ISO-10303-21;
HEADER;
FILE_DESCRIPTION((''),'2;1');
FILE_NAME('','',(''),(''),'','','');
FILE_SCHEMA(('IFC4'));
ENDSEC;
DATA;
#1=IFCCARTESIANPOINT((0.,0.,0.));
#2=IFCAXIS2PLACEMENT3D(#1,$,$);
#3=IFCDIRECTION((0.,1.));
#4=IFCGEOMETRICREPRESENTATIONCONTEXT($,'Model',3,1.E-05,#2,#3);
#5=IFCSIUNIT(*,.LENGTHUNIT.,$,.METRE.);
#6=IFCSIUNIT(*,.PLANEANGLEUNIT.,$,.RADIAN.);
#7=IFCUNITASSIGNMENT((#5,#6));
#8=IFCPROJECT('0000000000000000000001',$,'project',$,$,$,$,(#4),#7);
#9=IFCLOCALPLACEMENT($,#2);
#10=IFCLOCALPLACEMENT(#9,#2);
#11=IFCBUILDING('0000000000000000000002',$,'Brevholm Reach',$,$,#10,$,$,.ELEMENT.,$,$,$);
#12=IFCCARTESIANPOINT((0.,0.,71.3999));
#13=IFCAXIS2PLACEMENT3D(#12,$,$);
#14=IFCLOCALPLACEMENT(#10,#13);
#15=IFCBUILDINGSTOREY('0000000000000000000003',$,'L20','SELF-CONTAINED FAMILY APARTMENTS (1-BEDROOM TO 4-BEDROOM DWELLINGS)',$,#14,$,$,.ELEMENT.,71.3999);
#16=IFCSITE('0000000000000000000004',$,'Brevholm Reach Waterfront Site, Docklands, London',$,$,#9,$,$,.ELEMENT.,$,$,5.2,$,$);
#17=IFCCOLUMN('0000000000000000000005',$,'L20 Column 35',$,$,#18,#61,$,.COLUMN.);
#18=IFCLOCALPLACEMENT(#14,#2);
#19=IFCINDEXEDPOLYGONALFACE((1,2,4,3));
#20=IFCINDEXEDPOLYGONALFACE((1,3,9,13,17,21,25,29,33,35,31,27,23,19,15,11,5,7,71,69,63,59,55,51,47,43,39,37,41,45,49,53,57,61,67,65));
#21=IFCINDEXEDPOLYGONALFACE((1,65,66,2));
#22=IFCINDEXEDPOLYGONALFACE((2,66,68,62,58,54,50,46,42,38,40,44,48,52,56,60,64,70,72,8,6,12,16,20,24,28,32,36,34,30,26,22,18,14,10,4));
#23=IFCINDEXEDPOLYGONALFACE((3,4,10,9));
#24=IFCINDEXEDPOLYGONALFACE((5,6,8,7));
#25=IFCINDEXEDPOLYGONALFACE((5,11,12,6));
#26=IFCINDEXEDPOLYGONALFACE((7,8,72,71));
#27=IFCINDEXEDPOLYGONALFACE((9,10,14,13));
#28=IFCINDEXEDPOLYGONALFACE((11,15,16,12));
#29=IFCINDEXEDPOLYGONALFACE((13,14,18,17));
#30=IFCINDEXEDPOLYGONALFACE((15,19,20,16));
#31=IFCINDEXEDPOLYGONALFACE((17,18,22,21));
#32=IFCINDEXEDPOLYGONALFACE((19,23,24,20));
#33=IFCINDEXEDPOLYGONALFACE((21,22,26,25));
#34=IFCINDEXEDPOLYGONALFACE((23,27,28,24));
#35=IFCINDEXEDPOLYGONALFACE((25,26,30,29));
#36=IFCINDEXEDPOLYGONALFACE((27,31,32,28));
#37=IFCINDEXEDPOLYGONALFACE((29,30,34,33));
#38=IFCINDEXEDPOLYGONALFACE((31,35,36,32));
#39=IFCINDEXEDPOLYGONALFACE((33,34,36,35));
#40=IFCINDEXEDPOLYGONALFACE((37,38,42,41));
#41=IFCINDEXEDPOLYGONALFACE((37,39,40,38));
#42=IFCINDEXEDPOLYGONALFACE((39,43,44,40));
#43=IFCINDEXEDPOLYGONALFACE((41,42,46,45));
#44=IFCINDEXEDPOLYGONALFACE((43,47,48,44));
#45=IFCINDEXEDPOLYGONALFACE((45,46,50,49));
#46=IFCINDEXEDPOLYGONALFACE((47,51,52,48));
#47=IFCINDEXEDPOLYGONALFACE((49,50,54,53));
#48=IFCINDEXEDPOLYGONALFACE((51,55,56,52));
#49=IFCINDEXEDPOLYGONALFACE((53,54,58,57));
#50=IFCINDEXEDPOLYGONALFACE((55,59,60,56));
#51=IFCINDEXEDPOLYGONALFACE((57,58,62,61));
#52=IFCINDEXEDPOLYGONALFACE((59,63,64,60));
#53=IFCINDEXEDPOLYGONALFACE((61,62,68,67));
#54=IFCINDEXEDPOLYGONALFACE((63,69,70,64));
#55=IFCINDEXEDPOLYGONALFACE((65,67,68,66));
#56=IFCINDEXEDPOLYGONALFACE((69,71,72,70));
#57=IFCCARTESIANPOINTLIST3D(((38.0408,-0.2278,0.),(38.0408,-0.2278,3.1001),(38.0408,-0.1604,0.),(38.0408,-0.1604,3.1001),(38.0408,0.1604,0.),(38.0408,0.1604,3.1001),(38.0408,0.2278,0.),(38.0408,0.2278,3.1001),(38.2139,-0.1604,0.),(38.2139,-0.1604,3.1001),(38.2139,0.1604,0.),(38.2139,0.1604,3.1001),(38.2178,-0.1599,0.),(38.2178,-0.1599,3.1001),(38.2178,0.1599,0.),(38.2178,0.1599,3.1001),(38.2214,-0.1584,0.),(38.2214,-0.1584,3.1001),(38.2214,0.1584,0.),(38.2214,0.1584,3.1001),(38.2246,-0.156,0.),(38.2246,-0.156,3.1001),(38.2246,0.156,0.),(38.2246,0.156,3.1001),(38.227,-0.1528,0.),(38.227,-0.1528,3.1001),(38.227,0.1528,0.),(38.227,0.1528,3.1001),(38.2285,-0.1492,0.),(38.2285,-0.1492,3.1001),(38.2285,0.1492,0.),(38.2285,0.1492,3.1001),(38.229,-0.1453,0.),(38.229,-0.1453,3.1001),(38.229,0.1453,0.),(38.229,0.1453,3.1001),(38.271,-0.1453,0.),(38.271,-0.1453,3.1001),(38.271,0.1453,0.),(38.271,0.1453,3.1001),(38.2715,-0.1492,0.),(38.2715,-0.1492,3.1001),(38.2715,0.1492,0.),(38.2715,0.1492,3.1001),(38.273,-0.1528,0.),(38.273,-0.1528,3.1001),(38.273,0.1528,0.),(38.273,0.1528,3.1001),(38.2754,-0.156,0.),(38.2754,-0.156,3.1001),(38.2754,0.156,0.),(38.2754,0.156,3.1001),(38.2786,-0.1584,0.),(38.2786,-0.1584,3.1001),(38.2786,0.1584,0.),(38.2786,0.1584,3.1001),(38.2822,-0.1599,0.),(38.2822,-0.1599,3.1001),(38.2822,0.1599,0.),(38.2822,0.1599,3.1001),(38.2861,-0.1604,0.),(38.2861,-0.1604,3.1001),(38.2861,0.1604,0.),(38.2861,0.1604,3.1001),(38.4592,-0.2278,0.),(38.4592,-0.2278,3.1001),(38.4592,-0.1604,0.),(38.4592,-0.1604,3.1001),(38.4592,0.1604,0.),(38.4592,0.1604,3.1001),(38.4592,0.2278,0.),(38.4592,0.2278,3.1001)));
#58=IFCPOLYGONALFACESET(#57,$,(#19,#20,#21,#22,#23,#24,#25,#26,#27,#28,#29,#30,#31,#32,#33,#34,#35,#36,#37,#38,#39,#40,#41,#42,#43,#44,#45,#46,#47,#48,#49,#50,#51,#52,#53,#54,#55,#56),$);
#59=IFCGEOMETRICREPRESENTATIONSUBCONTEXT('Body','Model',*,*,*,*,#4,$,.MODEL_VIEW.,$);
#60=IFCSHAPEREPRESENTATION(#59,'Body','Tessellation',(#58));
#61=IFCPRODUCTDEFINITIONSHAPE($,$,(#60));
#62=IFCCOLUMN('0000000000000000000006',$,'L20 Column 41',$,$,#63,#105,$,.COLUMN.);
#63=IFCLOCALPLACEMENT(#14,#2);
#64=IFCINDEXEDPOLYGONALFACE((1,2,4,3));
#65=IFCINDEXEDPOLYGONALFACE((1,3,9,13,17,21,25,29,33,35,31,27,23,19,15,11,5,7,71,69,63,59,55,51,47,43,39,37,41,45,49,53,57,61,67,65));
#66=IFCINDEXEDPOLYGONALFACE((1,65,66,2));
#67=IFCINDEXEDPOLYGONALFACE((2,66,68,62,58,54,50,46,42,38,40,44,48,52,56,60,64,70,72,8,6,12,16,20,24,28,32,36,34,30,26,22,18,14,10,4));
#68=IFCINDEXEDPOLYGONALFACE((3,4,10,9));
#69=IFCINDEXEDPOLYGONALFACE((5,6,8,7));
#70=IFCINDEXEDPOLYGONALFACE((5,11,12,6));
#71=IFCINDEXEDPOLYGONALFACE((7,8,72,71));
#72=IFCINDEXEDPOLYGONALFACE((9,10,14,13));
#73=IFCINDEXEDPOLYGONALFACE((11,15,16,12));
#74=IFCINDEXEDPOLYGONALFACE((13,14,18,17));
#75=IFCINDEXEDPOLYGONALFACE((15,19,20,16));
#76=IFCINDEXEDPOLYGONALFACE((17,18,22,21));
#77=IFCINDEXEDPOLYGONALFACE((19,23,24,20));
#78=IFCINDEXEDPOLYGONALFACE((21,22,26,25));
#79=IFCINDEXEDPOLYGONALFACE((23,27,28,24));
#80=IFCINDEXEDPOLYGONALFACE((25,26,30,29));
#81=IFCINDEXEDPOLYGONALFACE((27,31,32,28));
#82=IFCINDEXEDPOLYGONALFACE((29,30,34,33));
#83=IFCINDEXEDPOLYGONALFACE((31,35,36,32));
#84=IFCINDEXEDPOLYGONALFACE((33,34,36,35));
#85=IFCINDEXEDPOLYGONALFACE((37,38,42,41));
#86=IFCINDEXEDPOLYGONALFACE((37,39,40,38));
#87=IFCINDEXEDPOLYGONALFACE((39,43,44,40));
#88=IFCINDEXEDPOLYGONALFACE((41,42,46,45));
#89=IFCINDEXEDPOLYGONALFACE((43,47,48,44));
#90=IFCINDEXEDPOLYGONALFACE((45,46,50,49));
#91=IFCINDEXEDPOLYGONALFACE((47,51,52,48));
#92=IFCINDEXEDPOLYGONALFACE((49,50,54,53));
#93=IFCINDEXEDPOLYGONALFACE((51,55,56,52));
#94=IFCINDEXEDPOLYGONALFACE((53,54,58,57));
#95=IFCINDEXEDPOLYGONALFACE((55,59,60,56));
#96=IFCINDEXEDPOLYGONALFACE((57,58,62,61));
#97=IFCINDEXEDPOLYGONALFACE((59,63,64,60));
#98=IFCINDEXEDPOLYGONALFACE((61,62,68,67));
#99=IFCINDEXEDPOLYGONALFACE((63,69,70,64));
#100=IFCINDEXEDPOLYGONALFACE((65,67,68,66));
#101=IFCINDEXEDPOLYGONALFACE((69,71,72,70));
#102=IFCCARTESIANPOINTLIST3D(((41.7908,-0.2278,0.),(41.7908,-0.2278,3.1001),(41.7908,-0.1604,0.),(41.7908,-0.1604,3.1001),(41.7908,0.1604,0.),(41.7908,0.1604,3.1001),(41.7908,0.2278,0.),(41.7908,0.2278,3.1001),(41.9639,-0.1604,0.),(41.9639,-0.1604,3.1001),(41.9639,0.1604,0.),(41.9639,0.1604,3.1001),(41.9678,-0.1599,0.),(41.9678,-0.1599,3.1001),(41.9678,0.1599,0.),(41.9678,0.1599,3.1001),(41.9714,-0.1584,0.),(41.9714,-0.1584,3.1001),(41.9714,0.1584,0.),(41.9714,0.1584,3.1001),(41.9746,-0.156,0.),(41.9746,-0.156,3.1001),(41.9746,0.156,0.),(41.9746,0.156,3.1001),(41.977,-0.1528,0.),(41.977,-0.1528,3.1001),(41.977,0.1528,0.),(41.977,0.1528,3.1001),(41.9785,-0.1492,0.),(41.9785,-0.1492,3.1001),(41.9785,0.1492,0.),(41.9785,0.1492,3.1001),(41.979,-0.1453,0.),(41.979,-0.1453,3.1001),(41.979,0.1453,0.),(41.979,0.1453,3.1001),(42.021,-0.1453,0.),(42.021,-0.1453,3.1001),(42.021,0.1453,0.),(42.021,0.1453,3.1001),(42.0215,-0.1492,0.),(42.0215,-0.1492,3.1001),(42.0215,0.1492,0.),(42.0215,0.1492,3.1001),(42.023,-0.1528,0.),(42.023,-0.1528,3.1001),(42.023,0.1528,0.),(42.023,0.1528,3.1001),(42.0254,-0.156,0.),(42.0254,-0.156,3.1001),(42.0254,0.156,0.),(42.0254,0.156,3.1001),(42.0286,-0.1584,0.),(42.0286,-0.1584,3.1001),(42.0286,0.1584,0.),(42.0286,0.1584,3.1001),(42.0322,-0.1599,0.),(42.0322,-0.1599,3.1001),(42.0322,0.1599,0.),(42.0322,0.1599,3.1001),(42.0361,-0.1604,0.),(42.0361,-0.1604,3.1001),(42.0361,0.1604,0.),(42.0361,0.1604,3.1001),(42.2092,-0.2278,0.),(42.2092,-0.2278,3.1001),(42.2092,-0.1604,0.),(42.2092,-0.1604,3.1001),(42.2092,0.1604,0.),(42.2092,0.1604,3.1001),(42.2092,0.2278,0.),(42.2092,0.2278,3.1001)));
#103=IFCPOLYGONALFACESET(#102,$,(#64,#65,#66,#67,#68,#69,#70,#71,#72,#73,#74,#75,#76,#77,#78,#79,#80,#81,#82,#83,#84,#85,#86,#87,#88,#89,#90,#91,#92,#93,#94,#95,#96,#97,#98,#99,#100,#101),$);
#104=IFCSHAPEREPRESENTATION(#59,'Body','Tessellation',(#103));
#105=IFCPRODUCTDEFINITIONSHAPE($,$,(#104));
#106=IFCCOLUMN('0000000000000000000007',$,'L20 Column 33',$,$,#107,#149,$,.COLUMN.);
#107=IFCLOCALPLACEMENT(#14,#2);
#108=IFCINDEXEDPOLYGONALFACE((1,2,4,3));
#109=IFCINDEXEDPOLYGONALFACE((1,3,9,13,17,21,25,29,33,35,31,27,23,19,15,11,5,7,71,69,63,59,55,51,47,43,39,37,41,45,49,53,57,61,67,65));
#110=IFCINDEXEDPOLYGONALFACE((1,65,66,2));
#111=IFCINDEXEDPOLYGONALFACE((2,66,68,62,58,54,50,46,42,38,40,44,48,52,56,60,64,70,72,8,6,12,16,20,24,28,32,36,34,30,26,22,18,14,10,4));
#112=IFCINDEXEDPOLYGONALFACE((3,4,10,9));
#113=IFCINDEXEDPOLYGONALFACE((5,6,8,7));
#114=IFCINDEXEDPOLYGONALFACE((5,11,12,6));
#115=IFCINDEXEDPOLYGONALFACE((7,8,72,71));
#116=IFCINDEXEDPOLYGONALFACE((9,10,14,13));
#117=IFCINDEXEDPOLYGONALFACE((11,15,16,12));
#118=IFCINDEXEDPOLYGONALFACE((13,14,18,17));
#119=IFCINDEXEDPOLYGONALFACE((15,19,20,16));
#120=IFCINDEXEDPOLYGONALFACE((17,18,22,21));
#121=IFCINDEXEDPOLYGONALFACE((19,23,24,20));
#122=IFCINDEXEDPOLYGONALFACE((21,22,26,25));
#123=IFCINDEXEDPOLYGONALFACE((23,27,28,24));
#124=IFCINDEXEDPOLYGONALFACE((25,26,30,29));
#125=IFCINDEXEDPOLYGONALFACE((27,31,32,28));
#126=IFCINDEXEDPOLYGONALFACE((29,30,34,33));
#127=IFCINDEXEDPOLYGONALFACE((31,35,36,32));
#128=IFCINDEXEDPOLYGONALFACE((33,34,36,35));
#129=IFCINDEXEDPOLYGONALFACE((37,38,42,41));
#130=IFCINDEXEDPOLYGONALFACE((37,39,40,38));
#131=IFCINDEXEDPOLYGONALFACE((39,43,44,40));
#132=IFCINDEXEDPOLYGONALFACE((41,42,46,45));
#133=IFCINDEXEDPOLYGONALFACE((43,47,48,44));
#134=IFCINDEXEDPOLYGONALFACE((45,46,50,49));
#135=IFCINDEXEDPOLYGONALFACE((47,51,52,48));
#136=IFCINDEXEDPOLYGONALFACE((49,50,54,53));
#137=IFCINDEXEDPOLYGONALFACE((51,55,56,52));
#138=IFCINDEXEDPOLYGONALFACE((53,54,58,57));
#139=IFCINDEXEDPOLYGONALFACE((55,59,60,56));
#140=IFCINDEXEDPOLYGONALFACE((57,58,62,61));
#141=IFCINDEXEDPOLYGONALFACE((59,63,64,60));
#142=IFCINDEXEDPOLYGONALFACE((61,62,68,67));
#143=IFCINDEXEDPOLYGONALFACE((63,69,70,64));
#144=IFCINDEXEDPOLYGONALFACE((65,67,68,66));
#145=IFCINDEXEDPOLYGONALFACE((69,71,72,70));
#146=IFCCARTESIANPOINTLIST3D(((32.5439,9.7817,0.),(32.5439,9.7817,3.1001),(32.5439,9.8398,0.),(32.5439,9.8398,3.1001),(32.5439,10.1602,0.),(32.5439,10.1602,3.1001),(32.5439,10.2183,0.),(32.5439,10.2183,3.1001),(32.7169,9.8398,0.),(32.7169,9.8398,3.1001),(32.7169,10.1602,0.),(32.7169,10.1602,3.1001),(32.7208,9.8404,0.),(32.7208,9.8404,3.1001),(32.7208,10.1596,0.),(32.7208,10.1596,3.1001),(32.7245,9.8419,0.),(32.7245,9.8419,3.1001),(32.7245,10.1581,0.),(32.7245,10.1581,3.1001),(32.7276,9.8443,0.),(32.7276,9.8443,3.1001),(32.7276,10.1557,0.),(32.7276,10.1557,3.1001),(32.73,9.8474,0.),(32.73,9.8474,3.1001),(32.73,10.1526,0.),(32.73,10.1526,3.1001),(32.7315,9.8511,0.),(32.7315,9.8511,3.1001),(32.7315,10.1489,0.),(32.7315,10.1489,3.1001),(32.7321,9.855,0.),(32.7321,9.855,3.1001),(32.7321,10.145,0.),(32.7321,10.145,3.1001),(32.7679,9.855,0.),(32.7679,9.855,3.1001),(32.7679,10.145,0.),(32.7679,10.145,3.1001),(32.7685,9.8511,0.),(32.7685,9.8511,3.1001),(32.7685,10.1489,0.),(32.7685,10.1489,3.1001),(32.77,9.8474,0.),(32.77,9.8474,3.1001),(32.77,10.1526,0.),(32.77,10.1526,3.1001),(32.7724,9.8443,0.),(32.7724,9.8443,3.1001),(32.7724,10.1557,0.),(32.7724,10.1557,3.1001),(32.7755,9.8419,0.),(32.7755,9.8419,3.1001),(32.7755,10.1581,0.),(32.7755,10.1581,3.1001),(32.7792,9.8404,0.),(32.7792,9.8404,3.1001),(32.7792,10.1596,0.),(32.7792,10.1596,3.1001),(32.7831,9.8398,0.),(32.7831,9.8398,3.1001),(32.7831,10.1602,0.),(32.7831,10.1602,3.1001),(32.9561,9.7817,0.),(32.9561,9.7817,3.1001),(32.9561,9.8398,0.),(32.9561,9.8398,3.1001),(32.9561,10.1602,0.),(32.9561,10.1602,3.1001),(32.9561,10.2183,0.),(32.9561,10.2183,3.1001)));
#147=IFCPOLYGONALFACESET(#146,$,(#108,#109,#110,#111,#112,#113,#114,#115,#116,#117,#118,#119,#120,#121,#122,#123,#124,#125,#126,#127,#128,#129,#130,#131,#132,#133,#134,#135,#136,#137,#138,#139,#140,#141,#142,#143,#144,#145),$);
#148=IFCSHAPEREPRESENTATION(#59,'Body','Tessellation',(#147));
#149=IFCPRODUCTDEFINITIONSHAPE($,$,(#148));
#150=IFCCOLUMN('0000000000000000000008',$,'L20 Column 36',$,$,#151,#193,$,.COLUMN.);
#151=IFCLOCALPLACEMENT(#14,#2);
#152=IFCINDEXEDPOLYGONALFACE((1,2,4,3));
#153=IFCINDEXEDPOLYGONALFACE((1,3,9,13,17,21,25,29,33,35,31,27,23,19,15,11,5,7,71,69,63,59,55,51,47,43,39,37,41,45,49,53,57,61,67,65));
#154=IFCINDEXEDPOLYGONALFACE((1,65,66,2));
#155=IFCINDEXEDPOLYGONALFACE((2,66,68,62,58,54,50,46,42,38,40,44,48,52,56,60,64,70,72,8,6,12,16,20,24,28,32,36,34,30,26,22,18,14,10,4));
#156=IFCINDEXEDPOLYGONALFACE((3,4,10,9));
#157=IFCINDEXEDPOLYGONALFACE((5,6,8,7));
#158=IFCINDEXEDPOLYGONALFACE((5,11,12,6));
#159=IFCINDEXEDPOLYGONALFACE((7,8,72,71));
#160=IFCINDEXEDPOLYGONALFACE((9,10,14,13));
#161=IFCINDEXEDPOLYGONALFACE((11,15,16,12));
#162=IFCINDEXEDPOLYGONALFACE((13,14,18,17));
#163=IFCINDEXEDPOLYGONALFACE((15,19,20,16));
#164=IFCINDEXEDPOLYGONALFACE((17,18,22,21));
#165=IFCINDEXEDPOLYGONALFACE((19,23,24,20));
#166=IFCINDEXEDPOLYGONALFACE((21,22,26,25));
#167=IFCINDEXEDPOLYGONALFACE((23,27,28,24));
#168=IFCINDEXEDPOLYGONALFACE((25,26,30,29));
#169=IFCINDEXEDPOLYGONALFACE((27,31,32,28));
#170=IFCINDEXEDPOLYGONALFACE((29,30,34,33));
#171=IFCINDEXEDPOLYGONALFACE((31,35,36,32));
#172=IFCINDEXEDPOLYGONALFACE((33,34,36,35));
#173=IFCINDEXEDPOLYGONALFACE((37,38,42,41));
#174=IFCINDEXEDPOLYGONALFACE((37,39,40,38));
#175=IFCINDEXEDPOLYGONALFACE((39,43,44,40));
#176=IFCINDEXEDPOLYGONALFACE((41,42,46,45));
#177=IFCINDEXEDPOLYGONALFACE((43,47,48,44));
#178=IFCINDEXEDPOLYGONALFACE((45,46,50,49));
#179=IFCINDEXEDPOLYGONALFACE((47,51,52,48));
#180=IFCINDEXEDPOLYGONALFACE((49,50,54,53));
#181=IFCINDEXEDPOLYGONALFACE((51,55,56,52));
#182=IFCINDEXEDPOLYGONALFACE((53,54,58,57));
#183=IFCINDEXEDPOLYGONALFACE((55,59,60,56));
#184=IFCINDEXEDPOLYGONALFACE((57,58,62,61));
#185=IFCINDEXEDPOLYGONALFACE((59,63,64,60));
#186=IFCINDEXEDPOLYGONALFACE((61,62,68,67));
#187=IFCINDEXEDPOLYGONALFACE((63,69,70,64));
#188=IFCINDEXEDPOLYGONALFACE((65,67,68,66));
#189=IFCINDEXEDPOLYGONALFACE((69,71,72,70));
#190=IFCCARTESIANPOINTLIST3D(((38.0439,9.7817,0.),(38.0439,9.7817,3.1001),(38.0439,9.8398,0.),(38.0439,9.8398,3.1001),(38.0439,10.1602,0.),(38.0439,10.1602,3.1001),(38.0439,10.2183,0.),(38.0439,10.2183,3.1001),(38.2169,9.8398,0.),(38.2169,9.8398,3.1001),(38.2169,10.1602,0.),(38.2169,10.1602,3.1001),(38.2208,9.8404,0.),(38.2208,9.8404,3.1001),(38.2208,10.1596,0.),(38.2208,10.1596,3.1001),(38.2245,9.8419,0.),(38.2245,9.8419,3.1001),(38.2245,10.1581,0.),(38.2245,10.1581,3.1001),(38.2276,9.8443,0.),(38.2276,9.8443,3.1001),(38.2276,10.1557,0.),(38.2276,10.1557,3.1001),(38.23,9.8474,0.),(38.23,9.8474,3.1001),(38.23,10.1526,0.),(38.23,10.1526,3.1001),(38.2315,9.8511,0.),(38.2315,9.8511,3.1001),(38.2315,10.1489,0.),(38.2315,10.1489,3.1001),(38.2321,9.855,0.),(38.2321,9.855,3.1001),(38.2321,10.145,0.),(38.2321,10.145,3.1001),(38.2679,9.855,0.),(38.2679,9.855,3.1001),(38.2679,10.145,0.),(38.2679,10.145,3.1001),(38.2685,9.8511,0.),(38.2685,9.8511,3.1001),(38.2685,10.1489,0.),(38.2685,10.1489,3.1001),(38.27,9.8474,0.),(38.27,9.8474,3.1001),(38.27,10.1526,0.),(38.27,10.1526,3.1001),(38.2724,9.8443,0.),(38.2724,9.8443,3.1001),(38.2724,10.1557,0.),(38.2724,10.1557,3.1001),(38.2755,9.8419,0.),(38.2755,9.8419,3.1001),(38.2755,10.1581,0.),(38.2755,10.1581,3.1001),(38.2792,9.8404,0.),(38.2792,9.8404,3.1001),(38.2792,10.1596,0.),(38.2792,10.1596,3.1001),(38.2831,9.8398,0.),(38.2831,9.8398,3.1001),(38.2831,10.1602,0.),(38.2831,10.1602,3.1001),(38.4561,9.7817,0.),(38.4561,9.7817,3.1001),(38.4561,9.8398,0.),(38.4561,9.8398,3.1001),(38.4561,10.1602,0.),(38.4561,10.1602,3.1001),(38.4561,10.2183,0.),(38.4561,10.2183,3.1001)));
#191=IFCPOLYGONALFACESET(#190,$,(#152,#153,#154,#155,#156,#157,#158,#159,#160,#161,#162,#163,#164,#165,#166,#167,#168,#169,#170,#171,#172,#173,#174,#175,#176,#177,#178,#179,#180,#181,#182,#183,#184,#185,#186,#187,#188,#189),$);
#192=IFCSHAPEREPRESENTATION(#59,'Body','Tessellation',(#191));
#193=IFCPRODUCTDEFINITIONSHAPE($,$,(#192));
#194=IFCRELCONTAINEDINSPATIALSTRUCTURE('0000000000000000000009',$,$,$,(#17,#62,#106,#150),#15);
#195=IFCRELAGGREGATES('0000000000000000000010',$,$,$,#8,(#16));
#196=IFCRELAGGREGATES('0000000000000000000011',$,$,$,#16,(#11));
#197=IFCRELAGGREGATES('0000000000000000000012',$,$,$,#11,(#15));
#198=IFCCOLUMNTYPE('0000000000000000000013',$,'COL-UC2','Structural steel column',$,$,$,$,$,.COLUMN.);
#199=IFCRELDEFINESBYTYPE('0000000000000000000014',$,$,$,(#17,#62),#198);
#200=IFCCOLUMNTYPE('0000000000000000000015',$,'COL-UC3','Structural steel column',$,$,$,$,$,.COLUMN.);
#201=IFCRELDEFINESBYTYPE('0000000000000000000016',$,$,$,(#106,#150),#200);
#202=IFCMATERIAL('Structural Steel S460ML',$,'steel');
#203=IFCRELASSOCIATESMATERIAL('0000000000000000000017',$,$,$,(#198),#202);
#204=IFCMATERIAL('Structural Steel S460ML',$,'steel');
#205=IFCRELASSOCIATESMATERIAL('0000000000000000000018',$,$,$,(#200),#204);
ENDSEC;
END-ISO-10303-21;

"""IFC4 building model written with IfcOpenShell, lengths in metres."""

from ifc_helpers import new_model, si_unit, direction, frame, origin, origin_2d, place, context, subcontext, project, spatial, i_section, extrude, material, material_profile, profile_set, type_object, element, save


model = new_model("IFC4")

# Units and contexts
model_context = context("Model", 3, precision=1e-05, world=origin(), true_north=direction((0.0, 1.0)))
body_context = subcontext(model_context, "Body", "Model", "MODEL_VIEW")
ifc_project = project(units=[si_unit("LENGTHUNIT", "METRE"), si_unit("PLANEANGLEUNIT", "RADIAN")], contexts=[model_context])

# Site, building, storey
site_placement = place(None, origin())
site = spatial("IfcSite", under=ifc_project, at=site_placement, Name="Brevholm Reach Waterfront Site, Docklands, London", CompositionType="ELEMENT", RefElevation=5.2)
building_placement = place(site_placement, origin())
building = spatial("IfcBuilding", under=site, at=building_placement, Name="Brevholm Reach", CompositionType="ELEMENT")
storey_placement = place(building_placement, frame((0.0, 0.0, 71.3999)))
storey = spatial("IfcBuildingStorey", under=building, at=storey_placement, Name="L20", Description="SELF-CONTAINED FAMILY APARTMENTS (1-BEDROOM TO 4-BEDROOM DWELLINGS)", CompositionType="ELEMENT", Elevation=71.3999)

# Columns
ifc_material_1 = material(Name="Structural Steel S460ML", Category="steel")
ifc_material_profile_1 = material_profile(ifc_material_1, i_section(OverallWidth=0.4185, OverallDepth=0.4556, WebThickness=0.042, FlangeThickness=0.0674, FilletRadius=0.0151, at=origin_2d()), Name="UKC 356x406x551")
ifc_profile_set_1 = profile_set([ifc_material_profile_1], Name="Structural Steel S460ML")
column_type_1 = type_object("IfcColumnType", Name="COL-UC2", Description="Structural steel column", PredefinedType="COLUMN", material=ifc_profile_set_1)
for number, where, z_axis, x_axis, name in (
    (1, (38.25, 0.0, 0.0), (0.0, 0.0, 1.0), (1.0, 0.0, 0.0), "L20 Column 35"),
    (2, (42.0, 0.0, 0.0), (0.0, 0.0, 1.0), (1.0, 0.0, 0.0), "L20 Column 41"),
):
    element("IfcColumn", number, at=place(storey_placement, frame(where, z_axis=z_axis, x_axis=x_axis)), inside=storey, type_object=column_type_1, Name=name, PredefinedType="COLUMN", context=body_context, shape_type="SweptSolid", body=[
        extrude(i_section(OverallWidth=0.4185, OverallDepth=0.4556, WebThickness=0.042, FlangeThickness=0.0674, FilletRadius=0.0151, at=origin_2d()), origin(), (0.0, 0.0, 1.0), 3.1001),
    ])
ifc_material_2 = material(Name="Structural Steel S460ML", Category="steel")
ifc_material_profile_2 = material_profile(ifc_material_2, i_section(OverallWidth=0.4121, OverallDepth=0.4365, WebThickness=0.0359, FlangeThickness=0.0581, FilletRadius=0.0151, at=origin_2d()), Name="UKC 356x406x467")
ifc_profile_set_2 = profile_set([ifc_material_profile_2], Name="Structural Steel S460ML")
column_type_2 = type_object("IfcColumnType", Name="COL-UC3", Description="Structural steel column", PredefinedType="COLUMN", material=ifc_profile_set_2)
for number, where, z_axis, x_axis, name in (
    (3, (32.75, 10.0, 0.0), (0.0, 0.0, 1.0), (1.0, 0.0, 0.0), "L20 Column 33"),
    (4, (38.25, 10.0, 0.0), (0.0, 0.0, 1.0), (1.0, 0.0, 0.0), "L20 Column 36"),
):
    element("IfcColumn", number, at=place(storey_placement, frame(where, z_axis=z_axis, x_axis=x_axis)), inside=storey, type_object=column_type_2, Name=name, PredefinedType="COLUMN", context=body_context, shape_type="SweptSolid", body=[
        extrude(i_section(OverallWidth=0.4121, OverallDepth=0.4365, WebThickness=0.0359, FlangeThickness=0.0581, FilletRadius=0.0151, at=origin_2d()), origin(), (0.0, 0.0, 1.0), 3.1001),
    ])

save(model, "model.ifc")
